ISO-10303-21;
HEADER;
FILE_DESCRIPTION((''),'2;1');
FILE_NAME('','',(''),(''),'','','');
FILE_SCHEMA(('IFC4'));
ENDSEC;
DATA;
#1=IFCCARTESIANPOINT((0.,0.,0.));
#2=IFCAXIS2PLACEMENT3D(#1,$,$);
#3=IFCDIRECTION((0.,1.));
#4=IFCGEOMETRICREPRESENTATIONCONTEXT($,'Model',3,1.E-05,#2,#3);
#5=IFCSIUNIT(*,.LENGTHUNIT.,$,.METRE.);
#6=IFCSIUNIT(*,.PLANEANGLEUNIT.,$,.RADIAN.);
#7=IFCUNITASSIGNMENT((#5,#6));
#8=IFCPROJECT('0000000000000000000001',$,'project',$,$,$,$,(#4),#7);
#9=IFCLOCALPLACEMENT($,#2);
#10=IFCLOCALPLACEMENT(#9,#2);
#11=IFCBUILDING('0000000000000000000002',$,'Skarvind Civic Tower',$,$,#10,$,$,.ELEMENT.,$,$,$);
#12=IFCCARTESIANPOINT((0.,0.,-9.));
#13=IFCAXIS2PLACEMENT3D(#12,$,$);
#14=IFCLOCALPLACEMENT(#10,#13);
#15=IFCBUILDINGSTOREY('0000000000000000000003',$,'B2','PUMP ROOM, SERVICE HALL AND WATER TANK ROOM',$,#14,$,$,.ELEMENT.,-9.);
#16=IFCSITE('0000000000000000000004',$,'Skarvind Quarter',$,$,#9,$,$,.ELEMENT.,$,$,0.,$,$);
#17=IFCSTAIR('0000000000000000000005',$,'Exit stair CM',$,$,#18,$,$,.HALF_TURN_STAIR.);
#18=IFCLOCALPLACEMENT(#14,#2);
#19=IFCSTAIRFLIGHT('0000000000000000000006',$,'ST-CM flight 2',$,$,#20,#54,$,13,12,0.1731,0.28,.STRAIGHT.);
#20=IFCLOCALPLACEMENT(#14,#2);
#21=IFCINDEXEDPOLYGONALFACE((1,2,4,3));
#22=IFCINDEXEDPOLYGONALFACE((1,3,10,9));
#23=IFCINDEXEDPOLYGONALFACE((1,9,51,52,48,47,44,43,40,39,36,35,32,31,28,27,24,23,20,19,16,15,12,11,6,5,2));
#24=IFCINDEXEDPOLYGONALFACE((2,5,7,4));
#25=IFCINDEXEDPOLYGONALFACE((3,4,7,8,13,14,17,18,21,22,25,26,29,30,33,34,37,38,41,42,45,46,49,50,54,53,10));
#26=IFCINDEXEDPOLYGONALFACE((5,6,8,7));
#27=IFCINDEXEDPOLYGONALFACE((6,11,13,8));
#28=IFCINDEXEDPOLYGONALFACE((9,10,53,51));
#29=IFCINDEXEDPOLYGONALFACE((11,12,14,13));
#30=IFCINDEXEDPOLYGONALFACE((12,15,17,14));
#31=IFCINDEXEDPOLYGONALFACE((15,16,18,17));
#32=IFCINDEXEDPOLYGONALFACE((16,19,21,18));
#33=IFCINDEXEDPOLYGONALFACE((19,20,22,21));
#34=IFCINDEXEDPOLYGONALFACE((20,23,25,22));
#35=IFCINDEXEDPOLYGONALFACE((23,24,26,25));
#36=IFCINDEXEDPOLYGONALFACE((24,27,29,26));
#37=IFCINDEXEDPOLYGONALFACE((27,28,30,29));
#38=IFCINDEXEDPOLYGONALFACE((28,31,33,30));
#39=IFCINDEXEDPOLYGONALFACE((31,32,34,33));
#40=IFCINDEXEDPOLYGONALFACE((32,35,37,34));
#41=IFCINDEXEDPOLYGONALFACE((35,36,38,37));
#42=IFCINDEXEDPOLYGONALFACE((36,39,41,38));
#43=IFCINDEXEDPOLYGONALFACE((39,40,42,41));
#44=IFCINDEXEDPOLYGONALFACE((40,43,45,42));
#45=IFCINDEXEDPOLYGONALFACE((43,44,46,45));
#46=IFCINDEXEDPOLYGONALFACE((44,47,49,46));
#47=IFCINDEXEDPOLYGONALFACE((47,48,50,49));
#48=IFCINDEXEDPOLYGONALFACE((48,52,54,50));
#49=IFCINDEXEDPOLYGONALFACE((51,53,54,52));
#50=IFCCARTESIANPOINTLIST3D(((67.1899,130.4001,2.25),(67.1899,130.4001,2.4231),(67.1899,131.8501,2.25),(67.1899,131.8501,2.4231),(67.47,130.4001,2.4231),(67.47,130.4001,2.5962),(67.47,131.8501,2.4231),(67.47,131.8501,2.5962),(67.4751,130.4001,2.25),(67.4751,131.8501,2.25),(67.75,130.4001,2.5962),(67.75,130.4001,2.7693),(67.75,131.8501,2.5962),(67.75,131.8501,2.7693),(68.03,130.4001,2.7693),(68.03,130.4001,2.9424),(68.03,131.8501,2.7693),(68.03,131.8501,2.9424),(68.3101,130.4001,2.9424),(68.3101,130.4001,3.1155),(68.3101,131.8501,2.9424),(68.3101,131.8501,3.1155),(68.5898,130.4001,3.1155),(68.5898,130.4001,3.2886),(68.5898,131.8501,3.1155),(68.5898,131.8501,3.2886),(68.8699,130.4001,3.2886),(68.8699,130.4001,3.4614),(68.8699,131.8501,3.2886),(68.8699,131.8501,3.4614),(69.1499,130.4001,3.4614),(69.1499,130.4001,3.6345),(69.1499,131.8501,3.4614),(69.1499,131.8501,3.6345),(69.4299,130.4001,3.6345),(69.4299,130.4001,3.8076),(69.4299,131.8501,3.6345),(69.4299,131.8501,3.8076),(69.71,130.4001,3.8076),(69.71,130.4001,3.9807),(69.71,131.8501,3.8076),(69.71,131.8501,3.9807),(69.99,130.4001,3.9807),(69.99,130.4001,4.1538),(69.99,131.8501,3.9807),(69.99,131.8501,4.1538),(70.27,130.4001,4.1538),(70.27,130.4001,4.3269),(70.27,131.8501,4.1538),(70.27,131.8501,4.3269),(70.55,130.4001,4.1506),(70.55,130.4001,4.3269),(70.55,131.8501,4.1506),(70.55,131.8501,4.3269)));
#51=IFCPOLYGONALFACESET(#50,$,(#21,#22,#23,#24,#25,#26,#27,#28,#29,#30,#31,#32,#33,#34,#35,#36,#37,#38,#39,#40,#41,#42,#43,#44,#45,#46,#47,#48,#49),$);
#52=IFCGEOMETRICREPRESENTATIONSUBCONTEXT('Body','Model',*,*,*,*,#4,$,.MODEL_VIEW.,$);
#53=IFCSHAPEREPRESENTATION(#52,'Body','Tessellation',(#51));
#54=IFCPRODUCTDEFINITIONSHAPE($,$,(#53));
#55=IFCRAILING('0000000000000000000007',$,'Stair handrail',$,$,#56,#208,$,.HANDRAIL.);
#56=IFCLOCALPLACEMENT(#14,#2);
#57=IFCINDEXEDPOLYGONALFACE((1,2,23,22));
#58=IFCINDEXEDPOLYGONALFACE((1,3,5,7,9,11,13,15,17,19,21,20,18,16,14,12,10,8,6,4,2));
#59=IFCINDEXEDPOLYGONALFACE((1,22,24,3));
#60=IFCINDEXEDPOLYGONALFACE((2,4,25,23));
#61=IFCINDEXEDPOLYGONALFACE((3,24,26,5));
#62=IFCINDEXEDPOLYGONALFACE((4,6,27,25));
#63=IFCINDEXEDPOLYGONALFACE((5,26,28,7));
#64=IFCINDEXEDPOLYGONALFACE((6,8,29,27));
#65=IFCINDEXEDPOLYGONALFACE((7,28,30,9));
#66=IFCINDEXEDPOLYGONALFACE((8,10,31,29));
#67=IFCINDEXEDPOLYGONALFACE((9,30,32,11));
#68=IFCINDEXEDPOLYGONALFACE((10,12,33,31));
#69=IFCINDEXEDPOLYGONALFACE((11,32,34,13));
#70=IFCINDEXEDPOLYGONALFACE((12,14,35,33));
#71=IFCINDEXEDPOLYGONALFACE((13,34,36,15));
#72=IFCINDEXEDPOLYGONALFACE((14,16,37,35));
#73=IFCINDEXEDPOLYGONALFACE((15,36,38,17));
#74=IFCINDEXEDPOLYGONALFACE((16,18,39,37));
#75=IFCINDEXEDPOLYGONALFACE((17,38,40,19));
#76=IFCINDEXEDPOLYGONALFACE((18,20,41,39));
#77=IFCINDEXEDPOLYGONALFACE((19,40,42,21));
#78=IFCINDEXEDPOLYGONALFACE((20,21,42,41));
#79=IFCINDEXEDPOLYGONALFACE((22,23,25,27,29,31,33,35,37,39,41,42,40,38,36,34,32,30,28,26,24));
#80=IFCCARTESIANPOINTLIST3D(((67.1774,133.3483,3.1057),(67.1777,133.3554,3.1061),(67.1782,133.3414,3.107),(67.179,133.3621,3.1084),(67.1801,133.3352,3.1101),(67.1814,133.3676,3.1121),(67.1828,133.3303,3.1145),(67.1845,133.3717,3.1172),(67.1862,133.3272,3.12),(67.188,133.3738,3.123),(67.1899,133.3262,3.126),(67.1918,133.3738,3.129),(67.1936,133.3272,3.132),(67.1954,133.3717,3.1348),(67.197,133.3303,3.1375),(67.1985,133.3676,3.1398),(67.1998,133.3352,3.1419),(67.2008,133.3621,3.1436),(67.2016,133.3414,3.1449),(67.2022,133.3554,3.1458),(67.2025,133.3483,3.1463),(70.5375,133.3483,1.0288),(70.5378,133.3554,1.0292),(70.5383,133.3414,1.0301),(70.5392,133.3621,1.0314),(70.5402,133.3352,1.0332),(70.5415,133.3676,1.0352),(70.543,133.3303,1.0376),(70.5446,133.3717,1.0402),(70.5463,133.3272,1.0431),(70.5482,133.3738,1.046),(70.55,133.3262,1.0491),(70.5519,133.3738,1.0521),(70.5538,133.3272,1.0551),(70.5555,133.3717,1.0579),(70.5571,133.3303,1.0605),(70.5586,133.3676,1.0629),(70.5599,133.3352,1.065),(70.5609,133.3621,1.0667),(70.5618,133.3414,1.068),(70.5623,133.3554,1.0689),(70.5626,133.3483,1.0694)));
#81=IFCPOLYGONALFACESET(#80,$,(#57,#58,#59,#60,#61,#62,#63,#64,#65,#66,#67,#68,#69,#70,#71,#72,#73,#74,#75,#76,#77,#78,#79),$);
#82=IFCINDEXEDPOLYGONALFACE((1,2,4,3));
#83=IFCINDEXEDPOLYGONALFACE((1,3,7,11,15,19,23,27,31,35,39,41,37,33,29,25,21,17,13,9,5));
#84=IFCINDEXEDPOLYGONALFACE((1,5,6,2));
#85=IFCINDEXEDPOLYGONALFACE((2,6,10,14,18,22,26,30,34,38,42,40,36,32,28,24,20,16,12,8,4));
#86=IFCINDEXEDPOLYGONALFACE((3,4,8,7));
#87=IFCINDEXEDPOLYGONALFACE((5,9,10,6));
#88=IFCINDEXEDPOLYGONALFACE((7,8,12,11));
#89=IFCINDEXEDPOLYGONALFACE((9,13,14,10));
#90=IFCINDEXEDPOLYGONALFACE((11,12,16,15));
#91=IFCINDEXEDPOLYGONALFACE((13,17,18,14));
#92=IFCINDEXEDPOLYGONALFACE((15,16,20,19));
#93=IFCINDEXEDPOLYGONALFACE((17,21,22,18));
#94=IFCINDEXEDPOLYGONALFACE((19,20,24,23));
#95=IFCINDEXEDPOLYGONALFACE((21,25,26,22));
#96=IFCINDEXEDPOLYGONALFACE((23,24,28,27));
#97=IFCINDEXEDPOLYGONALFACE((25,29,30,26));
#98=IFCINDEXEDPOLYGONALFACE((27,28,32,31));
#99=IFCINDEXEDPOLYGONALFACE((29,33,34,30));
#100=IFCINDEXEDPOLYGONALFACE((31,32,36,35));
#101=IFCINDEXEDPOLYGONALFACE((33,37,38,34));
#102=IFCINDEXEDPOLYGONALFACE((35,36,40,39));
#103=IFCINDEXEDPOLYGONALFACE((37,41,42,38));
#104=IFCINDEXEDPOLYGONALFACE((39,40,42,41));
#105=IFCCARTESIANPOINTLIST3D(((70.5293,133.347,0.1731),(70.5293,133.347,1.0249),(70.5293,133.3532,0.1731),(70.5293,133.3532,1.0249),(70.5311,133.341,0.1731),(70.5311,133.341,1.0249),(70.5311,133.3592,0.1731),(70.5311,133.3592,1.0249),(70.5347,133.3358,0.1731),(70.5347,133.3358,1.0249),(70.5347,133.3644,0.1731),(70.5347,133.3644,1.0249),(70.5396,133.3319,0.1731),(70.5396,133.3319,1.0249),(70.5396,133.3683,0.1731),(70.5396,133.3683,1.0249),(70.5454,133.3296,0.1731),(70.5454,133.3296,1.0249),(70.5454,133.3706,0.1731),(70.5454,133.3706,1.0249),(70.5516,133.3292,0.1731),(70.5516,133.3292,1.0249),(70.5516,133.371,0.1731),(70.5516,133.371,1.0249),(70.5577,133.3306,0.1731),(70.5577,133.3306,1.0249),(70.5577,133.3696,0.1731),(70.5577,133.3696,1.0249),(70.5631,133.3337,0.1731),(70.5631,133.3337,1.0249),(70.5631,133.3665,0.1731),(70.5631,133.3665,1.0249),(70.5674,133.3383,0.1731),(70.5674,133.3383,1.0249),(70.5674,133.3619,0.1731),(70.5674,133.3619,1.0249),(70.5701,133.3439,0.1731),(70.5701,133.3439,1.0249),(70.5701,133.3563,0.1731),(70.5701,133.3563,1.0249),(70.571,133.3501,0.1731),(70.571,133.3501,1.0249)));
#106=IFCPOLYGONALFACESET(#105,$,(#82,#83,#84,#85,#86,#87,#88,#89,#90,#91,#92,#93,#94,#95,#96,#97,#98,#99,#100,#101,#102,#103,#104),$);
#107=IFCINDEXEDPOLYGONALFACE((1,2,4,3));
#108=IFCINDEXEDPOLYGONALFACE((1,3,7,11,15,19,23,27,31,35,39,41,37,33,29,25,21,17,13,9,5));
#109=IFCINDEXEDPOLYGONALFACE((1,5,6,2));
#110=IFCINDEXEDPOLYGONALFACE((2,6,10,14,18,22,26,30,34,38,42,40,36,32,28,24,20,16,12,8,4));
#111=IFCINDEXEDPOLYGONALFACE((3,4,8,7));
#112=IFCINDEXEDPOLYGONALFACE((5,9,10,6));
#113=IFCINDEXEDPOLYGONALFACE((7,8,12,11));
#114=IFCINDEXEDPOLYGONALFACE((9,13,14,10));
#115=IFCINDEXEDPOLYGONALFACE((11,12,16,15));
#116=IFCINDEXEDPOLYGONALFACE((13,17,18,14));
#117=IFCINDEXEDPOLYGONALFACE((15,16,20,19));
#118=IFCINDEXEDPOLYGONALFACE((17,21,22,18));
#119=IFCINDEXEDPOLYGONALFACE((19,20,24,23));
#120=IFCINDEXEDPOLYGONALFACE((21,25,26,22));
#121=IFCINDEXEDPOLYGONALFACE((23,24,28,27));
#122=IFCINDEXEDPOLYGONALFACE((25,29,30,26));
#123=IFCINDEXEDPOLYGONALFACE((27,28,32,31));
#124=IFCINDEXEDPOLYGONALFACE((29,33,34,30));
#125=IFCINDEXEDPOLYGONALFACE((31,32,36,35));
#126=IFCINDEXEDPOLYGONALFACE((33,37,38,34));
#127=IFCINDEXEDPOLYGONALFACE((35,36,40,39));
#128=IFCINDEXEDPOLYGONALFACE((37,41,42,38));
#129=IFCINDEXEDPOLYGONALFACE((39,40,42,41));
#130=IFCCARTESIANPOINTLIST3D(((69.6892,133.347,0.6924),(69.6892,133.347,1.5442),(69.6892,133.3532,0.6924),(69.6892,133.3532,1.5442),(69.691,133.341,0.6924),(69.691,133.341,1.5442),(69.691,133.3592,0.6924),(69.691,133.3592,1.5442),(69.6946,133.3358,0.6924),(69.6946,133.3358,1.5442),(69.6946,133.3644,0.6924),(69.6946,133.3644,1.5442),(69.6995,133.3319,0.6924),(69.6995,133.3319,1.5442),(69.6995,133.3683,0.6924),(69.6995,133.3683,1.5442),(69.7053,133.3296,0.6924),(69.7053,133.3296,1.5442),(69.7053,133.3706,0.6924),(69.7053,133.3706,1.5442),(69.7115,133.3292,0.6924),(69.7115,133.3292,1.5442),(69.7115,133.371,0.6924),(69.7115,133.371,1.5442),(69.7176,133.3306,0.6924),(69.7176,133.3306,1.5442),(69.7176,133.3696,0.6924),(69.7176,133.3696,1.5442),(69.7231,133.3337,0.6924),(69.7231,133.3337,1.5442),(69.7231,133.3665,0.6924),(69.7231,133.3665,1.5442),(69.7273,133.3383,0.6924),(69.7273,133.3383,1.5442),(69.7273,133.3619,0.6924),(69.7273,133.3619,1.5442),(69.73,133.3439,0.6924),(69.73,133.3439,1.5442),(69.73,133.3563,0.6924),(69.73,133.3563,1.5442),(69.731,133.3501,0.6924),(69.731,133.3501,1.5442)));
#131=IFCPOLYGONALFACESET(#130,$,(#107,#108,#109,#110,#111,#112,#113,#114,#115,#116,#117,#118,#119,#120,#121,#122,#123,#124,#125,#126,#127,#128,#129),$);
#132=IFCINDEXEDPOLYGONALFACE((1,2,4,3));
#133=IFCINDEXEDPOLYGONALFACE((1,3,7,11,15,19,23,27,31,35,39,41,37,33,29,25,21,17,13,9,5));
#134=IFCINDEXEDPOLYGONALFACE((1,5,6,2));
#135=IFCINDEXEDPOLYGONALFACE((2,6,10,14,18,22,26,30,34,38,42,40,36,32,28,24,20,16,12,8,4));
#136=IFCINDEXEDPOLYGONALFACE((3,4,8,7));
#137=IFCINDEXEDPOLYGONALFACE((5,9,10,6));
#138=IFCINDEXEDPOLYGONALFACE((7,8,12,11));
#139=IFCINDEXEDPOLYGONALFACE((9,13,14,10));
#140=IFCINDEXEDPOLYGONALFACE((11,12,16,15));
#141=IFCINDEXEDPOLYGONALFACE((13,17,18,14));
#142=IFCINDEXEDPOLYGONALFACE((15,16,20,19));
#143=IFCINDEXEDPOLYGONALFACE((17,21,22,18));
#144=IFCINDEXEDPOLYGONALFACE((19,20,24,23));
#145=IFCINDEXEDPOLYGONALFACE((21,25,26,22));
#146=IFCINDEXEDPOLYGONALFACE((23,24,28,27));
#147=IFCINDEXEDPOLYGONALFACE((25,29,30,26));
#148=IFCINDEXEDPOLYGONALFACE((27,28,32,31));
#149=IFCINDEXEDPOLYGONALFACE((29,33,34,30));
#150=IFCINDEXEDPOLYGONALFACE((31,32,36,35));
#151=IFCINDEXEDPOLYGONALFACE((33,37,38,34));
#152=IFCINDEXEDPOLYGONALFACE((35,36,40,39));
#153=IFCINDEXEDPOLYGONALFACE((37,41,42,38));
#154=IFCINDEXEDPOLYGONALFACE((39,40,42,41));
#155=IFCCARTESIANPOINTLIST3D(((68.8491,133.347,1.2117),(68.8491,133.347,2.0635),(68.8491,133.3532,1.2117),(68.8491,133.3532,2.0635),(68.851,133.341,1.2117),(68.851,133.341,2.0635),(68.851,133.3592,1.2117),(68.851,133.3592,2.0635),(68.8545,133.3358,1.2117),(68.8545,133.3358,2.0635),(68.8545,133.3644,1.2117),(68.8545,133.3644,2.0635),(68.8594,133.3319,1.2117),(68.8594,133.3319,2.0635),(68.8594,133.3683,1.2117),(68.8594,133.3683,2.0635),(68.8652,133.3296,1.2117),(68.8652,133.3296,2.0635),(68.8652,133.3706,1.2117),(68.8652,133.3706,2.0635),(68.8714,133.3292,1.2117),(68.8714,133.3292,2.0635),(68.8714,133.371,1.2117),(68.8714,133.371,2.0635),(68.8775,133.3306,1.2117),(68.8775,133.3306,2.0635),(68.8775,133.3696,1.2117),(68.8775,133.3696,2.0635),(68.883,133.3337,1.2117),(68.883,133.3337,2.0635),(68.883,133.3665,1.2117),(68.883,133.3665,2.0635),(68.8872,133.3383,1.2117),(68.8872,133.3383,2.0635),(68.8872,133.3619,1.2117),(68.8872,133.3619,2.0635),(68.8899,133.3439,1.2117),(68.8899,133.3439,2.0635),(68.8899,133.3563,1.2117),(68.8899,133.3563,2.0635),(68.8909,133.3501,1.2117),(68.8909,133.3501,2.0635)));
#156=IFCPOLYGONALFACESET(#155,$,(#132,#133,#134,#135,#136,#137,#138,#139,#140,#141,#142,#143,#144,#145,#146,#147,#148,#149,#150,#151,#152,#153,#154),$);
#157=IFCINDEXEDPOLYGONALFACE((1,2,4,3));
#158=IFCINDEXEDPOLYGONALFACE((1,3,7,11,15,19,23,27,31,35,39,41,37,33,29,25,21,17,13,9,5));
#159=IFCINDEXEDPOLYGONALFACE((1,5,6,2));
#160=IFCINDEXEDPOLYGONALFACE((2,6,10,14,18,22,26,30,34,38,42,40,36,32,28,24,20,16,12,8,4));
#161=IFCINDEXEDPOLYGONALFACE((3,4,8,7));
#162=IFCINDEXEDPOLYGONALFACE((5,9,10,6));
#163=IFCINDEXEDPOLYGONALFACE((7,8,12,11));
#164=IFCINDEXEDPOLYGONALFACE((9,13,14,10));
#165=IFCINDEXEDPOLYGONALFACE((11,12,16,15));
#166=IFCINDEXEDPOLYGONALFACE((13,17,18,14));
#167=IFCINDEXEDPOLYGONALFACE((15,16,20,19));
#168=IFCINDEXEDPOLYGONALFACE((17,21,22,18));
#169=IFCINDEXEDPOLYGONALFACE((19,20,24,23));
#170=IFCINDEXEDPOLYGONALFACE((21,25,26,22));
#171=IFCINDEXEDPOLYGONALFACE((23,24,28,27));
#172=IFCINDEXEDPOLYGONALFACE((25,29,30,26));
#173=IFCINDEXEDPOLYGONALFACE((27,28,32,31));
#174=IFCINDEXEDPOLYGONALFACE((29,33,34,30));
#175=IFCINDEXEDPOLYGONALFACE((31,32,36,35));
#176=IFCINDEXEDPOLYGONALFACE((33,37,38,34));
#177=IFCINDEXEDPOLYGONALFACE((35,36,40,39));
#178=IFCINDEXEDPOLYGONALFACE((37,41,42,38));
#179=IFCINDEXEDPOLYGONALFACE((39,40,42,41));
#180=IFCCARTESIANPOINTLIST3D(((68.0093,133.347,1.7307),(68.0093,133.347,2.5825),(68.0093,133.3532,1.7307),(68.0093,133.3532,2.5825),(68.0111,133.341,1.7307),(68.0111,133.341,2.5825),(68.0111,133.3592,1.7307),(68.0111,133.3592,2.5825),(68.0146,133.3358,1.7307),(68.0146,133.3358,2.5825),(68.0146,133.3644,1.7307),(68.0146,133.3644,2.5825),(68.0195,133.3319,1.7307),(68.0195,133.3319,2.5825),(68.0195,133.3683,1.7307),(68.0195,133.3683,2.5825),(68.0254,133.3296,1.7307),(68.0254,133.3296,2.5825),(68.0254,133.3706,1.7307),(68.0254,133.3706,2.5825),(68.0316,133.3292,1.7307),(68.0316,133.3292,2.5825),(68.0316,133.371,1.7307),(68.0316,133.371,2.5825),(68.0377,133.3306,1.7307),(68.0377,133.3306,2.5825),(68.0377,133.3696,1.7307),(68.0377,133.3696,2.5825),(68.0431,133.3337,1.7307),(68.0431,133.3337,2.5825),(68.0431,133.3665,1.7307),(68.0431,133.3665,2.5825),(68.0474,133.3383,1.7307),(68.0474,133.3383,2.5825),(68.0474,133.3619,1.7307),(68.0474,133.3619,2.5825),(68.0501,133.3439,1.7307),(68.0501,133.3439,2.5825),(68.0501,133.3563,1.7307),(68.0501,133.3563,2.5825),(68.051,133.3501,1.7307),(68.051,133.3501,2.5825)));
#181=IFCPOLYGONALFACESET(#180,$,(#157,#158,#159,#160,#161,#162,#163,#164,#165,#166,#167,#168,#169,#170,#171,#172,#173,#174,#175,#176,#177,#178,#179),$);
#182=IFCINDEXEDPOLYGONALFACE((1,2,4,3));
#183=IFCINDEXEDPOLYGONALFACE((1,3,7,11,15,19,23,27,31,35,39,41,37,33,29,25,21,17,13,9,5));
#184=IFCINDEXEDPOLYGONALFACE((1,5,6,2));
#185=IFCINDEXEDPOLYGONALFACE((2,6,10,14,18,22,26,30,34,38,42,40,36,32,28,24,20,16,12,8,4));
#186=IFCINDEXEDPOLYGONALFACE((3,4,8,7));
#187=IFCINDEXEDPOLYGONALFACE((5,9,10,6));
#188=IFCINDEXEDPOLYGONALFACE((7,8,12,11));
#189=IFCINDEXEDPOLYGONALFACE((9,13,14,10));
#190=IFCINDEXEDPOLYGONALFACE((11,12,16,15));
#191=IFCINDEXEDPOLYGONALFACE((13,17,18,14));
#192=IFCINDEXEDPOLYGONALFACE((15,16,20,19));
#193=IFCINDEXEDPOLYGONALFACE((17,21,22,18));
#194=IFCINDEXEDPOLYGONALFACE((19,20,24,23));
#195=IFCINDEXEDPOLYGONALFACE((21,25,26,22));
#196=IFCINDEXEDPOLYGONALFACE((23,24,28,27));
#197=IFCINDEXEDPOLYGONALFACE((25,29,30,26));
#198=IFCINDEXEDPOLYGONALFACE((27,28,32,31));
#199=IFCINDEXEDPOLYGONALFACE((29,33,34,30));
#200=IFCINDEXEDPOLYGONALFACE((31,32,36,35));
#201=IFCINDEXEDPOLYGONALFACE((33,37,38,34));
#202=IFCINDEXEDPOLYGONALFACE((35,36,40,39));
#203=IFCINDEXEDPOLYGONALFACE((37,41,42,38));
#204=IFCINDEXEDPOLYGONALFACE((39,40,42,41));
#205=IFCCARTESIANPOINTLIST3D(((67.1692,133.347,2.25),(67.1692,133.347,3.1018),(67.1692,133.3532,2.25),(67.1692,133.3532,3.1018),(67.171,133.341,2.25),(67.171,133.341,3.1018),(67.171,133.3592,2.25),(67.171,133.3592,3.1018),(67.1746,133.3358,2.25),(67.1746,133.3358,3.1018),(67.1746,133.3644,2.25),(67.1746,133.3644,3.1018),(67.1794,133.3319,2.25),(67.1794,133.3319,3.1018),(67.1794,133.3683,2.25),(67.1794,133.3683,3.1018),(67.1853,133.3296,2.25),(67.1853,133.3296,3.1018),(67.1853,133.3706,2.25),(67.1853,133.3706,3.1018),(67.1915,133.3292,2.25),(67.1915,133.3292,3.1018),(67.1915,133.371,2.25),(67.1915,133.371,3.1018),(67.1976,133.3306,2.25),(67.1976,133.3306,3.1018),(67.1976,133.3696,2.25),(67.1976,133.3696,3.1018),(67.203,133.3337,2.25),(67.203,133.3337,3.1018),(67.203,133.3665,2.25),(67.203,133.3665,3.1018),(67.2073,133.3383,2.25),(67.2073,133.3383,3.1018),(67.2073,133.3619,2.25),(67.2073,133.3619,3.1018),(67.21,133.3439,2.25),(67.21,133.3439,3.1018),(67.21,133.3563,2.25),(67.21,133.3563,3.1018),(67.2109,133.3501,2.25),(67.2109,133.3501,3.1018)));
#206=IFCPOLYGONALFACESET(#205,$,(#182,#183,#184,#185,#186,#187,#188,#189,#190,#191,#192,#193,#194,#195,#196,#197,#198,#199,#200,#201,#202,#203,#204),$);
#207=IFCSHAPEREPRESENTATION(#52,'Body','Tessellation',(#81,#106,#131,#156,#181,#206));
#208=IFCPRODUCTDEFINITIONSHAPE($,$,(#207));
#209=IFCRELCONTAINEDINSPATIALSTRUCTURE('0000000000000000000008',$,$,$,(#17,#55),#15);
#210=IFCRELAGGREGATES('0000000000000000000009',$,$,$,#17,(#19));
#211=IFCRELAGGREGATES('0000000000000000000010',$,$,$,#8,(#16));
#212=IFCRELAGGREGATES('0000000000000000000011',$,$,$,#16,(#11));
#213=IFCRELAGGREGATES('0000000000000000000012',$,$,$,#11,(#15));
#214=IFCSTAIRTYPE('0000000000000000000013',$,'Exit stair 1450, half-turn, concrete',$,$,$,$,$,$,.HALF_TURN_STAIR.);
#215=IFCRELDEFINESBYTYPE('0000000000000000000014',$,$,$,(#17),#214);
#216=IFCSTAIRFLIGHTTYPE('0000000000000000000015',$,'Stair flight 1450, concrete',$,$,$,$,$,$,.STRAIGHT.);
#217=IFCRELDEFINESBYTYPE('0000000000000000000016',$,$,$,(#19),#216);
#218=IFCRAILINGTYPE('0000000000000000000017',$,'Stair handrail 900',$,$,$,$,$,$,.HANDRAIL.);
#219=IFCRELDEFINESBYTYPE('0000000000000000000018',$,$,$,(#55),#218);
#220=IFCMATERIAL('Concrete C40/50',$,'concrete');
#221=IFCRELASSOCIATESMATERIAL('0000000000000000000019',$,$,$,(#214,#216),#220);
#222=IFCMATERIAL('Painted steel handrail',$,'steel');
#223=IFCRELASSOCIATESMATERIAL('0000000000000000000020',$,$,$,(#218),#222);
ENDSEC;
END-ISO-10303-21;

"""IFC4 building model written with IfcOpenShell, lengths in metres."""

from ifc_helpers import new_model, si_unit, direction, frame, origin, origin_2d, place, context, subcontext, project, spatial, polyline, circle, outline, extrude, material, type_object, element, aggregate, save


model = new_model("IFC4")

# Units and contexts
model_context = context("Model", 3, precision=1e-05, world=origin(), true_north=direction((0.0, 1.0)))
body_context = subcontext(model_context, "Body", "Model", "MODEL_VIEW")
ifc_project = project(units=[si_unit("LENGTHUNIT", "METRE"), si_unit("PLANEANGLEUNIT", "RADIAN")], contexts=[model_context])

# Site, building, storey
site_placement = place(None, origin())
site = spatial("IfcSite", under=ifc_project, at=site_placement, Name="Skarvind Quarter", CompositionType="ELEMENT", RefElevation=0.0)
building_placement = place(site_placement, origin())
building = spatial("IfcBuilding", under=site, at=building_placement, Name="Skarvind Civic Tower", CompositionType="ELEMENT")
storey_placement = place(building_placement, frame((0.0, 0.0, -9.0)))
storey = spatial("IfcBuildingStorey", under=building, at=storey_placement, Name="B2", Description="PUMP ROOM, SERVICE HALL AND WATER TANK ROOM", CompositionType="ELEMENT", Elevation=-9.0)

# Stair, stair flight
ifc_material_1 = material(Name="Concrete C40/50", Category="concrete")
stair_type = type_object("IfcStairType", Name="Exit stair 1450, half-turn, concrete", PredefinedType="HALF_TURN_STAIR", material=ifc_material_1)
stair_placement = place(storey_placement, origin())
stair = element("IfcStair", 1, at=stair_placement, inside=storey, type_object=stair_type, Name="Exit stair CM", PredefinedType="HALF_TURN_STAIR")
stair_flight_type = type_object("IfcStairFlightType", Name="Stair flight 1450, concrete", PredefinedType="STRAIGHT", material=ifc_material_1)
stair_flight_1_placement = place(storey_placement, frame((67.1899, 131.125, 2.25), z_axis=(0.0, 0.0, 1.0), x_axis=(1.0, 0.0, 0.0)))
stair_flight_1 = element("IfcStairFlight", 2, at=stair_flight_1_placement, type_object=stair_flight_type, Name="ST-CM flight 2", NumberOfRisers=13, NumberOfTreads=12, PredefinedType="STRAIGHT", RiserHeight=0.1731, TreadLength=0.28, context=body_context, shape_type="SweptSolid", body=[
    extrude(outline(polyline([(0.0, 0.0), (0.0, 0.1731), (0.28, 0.1731), (0.28, 0.3462), (0.5601, 0.3462), (0.5601, 0.5193), (0.8401, 0.5193), (0.8401, 0.6924), (1.1201, 0.6924), (1.1201, 0.8655), (1.3999, 0.8655), (1.3999, 1.0386), (1.6799, 1.0386), (1.6799, 1.2114), (1.96, 1.2114), (1.96, 1.3845), (2.24, 1.3845), (2.24, 1.5576), (2.52, 1.5576), (2.52, 1.7307), (2.8, 1.7307), (2.8, 1.9038), (3.0801, 1.9038), (3.0801, 2.0769), (3.3601, 2.0769), (3.3601, 2.25), (3.3601, 1.9006), (0.2852, 0.0), (0.0, 0.0)])), frame((0.0, 0.7251, 0.0), z_axis=(0.0, -1.0, 0.0), x_axis=(1.0, 0.0, 0.0)), (0.0, 0.0, 1.0), 1.45),
])
aggregate(stair, [stair_flight_1])

# Railing
ifc_material_2 = material(Name="Painted steel handrail", Category="steel")
railing_type = type_object("IfcRailingType", Name="Stair handrail 900", PredefinedType="HANDRAIL", material=ifc_material_2)
railing_1_placement = place(storey_placement, frame((70.55, 133.3501, 0.1731)))
element("IfcRailing", 3, at=railing_1_placement, inside=storey, type_object=railing_type, Name="Stair handrail", PredefinedType="HANDRAIL", context=body_context, shape_type="SweptSolid", body=[
    extrude(circle(Radius=0.0239, at=origin_2d()), frame((0.0, 0.0, 0.876), z_axis=(-0.850623, 0.0, 0.525776), x_axis=(0.0, -1.0, 0.0)), (0.0, 0.0, 1.0), 3.9502),
    extrude(circle(Radius=0.021, at=origin_2d()), origin(), (0.0, 0.0, 1.0), 0.8518),
    extrude(circle(Radius=0.021, at=origin_2d()), frame((-0.8401, 0.0, 0.5193)), (0.0, 0.0, 1.0), 0.8518),
    extrude(circle(Radius=0.021, at=origin_2d()), frame((-1.6802, 0.0, 1.0386)), (0.0, 0.0, 1.0), 0.8518),
    extrude(circle(Radius=0.021, at=origin_2d()), frame((-2.52, 0.0, 1.5576)), (0.0, 0.0, 1.0), 0.8518),
    extrude(circle(Radius=0.021, at=origin_2d()), frame((-3.3601, 0.0, 2.0769)), (0.0, 0.0, 1.0), 0.8518),
])

save(model, "model.ifc")
